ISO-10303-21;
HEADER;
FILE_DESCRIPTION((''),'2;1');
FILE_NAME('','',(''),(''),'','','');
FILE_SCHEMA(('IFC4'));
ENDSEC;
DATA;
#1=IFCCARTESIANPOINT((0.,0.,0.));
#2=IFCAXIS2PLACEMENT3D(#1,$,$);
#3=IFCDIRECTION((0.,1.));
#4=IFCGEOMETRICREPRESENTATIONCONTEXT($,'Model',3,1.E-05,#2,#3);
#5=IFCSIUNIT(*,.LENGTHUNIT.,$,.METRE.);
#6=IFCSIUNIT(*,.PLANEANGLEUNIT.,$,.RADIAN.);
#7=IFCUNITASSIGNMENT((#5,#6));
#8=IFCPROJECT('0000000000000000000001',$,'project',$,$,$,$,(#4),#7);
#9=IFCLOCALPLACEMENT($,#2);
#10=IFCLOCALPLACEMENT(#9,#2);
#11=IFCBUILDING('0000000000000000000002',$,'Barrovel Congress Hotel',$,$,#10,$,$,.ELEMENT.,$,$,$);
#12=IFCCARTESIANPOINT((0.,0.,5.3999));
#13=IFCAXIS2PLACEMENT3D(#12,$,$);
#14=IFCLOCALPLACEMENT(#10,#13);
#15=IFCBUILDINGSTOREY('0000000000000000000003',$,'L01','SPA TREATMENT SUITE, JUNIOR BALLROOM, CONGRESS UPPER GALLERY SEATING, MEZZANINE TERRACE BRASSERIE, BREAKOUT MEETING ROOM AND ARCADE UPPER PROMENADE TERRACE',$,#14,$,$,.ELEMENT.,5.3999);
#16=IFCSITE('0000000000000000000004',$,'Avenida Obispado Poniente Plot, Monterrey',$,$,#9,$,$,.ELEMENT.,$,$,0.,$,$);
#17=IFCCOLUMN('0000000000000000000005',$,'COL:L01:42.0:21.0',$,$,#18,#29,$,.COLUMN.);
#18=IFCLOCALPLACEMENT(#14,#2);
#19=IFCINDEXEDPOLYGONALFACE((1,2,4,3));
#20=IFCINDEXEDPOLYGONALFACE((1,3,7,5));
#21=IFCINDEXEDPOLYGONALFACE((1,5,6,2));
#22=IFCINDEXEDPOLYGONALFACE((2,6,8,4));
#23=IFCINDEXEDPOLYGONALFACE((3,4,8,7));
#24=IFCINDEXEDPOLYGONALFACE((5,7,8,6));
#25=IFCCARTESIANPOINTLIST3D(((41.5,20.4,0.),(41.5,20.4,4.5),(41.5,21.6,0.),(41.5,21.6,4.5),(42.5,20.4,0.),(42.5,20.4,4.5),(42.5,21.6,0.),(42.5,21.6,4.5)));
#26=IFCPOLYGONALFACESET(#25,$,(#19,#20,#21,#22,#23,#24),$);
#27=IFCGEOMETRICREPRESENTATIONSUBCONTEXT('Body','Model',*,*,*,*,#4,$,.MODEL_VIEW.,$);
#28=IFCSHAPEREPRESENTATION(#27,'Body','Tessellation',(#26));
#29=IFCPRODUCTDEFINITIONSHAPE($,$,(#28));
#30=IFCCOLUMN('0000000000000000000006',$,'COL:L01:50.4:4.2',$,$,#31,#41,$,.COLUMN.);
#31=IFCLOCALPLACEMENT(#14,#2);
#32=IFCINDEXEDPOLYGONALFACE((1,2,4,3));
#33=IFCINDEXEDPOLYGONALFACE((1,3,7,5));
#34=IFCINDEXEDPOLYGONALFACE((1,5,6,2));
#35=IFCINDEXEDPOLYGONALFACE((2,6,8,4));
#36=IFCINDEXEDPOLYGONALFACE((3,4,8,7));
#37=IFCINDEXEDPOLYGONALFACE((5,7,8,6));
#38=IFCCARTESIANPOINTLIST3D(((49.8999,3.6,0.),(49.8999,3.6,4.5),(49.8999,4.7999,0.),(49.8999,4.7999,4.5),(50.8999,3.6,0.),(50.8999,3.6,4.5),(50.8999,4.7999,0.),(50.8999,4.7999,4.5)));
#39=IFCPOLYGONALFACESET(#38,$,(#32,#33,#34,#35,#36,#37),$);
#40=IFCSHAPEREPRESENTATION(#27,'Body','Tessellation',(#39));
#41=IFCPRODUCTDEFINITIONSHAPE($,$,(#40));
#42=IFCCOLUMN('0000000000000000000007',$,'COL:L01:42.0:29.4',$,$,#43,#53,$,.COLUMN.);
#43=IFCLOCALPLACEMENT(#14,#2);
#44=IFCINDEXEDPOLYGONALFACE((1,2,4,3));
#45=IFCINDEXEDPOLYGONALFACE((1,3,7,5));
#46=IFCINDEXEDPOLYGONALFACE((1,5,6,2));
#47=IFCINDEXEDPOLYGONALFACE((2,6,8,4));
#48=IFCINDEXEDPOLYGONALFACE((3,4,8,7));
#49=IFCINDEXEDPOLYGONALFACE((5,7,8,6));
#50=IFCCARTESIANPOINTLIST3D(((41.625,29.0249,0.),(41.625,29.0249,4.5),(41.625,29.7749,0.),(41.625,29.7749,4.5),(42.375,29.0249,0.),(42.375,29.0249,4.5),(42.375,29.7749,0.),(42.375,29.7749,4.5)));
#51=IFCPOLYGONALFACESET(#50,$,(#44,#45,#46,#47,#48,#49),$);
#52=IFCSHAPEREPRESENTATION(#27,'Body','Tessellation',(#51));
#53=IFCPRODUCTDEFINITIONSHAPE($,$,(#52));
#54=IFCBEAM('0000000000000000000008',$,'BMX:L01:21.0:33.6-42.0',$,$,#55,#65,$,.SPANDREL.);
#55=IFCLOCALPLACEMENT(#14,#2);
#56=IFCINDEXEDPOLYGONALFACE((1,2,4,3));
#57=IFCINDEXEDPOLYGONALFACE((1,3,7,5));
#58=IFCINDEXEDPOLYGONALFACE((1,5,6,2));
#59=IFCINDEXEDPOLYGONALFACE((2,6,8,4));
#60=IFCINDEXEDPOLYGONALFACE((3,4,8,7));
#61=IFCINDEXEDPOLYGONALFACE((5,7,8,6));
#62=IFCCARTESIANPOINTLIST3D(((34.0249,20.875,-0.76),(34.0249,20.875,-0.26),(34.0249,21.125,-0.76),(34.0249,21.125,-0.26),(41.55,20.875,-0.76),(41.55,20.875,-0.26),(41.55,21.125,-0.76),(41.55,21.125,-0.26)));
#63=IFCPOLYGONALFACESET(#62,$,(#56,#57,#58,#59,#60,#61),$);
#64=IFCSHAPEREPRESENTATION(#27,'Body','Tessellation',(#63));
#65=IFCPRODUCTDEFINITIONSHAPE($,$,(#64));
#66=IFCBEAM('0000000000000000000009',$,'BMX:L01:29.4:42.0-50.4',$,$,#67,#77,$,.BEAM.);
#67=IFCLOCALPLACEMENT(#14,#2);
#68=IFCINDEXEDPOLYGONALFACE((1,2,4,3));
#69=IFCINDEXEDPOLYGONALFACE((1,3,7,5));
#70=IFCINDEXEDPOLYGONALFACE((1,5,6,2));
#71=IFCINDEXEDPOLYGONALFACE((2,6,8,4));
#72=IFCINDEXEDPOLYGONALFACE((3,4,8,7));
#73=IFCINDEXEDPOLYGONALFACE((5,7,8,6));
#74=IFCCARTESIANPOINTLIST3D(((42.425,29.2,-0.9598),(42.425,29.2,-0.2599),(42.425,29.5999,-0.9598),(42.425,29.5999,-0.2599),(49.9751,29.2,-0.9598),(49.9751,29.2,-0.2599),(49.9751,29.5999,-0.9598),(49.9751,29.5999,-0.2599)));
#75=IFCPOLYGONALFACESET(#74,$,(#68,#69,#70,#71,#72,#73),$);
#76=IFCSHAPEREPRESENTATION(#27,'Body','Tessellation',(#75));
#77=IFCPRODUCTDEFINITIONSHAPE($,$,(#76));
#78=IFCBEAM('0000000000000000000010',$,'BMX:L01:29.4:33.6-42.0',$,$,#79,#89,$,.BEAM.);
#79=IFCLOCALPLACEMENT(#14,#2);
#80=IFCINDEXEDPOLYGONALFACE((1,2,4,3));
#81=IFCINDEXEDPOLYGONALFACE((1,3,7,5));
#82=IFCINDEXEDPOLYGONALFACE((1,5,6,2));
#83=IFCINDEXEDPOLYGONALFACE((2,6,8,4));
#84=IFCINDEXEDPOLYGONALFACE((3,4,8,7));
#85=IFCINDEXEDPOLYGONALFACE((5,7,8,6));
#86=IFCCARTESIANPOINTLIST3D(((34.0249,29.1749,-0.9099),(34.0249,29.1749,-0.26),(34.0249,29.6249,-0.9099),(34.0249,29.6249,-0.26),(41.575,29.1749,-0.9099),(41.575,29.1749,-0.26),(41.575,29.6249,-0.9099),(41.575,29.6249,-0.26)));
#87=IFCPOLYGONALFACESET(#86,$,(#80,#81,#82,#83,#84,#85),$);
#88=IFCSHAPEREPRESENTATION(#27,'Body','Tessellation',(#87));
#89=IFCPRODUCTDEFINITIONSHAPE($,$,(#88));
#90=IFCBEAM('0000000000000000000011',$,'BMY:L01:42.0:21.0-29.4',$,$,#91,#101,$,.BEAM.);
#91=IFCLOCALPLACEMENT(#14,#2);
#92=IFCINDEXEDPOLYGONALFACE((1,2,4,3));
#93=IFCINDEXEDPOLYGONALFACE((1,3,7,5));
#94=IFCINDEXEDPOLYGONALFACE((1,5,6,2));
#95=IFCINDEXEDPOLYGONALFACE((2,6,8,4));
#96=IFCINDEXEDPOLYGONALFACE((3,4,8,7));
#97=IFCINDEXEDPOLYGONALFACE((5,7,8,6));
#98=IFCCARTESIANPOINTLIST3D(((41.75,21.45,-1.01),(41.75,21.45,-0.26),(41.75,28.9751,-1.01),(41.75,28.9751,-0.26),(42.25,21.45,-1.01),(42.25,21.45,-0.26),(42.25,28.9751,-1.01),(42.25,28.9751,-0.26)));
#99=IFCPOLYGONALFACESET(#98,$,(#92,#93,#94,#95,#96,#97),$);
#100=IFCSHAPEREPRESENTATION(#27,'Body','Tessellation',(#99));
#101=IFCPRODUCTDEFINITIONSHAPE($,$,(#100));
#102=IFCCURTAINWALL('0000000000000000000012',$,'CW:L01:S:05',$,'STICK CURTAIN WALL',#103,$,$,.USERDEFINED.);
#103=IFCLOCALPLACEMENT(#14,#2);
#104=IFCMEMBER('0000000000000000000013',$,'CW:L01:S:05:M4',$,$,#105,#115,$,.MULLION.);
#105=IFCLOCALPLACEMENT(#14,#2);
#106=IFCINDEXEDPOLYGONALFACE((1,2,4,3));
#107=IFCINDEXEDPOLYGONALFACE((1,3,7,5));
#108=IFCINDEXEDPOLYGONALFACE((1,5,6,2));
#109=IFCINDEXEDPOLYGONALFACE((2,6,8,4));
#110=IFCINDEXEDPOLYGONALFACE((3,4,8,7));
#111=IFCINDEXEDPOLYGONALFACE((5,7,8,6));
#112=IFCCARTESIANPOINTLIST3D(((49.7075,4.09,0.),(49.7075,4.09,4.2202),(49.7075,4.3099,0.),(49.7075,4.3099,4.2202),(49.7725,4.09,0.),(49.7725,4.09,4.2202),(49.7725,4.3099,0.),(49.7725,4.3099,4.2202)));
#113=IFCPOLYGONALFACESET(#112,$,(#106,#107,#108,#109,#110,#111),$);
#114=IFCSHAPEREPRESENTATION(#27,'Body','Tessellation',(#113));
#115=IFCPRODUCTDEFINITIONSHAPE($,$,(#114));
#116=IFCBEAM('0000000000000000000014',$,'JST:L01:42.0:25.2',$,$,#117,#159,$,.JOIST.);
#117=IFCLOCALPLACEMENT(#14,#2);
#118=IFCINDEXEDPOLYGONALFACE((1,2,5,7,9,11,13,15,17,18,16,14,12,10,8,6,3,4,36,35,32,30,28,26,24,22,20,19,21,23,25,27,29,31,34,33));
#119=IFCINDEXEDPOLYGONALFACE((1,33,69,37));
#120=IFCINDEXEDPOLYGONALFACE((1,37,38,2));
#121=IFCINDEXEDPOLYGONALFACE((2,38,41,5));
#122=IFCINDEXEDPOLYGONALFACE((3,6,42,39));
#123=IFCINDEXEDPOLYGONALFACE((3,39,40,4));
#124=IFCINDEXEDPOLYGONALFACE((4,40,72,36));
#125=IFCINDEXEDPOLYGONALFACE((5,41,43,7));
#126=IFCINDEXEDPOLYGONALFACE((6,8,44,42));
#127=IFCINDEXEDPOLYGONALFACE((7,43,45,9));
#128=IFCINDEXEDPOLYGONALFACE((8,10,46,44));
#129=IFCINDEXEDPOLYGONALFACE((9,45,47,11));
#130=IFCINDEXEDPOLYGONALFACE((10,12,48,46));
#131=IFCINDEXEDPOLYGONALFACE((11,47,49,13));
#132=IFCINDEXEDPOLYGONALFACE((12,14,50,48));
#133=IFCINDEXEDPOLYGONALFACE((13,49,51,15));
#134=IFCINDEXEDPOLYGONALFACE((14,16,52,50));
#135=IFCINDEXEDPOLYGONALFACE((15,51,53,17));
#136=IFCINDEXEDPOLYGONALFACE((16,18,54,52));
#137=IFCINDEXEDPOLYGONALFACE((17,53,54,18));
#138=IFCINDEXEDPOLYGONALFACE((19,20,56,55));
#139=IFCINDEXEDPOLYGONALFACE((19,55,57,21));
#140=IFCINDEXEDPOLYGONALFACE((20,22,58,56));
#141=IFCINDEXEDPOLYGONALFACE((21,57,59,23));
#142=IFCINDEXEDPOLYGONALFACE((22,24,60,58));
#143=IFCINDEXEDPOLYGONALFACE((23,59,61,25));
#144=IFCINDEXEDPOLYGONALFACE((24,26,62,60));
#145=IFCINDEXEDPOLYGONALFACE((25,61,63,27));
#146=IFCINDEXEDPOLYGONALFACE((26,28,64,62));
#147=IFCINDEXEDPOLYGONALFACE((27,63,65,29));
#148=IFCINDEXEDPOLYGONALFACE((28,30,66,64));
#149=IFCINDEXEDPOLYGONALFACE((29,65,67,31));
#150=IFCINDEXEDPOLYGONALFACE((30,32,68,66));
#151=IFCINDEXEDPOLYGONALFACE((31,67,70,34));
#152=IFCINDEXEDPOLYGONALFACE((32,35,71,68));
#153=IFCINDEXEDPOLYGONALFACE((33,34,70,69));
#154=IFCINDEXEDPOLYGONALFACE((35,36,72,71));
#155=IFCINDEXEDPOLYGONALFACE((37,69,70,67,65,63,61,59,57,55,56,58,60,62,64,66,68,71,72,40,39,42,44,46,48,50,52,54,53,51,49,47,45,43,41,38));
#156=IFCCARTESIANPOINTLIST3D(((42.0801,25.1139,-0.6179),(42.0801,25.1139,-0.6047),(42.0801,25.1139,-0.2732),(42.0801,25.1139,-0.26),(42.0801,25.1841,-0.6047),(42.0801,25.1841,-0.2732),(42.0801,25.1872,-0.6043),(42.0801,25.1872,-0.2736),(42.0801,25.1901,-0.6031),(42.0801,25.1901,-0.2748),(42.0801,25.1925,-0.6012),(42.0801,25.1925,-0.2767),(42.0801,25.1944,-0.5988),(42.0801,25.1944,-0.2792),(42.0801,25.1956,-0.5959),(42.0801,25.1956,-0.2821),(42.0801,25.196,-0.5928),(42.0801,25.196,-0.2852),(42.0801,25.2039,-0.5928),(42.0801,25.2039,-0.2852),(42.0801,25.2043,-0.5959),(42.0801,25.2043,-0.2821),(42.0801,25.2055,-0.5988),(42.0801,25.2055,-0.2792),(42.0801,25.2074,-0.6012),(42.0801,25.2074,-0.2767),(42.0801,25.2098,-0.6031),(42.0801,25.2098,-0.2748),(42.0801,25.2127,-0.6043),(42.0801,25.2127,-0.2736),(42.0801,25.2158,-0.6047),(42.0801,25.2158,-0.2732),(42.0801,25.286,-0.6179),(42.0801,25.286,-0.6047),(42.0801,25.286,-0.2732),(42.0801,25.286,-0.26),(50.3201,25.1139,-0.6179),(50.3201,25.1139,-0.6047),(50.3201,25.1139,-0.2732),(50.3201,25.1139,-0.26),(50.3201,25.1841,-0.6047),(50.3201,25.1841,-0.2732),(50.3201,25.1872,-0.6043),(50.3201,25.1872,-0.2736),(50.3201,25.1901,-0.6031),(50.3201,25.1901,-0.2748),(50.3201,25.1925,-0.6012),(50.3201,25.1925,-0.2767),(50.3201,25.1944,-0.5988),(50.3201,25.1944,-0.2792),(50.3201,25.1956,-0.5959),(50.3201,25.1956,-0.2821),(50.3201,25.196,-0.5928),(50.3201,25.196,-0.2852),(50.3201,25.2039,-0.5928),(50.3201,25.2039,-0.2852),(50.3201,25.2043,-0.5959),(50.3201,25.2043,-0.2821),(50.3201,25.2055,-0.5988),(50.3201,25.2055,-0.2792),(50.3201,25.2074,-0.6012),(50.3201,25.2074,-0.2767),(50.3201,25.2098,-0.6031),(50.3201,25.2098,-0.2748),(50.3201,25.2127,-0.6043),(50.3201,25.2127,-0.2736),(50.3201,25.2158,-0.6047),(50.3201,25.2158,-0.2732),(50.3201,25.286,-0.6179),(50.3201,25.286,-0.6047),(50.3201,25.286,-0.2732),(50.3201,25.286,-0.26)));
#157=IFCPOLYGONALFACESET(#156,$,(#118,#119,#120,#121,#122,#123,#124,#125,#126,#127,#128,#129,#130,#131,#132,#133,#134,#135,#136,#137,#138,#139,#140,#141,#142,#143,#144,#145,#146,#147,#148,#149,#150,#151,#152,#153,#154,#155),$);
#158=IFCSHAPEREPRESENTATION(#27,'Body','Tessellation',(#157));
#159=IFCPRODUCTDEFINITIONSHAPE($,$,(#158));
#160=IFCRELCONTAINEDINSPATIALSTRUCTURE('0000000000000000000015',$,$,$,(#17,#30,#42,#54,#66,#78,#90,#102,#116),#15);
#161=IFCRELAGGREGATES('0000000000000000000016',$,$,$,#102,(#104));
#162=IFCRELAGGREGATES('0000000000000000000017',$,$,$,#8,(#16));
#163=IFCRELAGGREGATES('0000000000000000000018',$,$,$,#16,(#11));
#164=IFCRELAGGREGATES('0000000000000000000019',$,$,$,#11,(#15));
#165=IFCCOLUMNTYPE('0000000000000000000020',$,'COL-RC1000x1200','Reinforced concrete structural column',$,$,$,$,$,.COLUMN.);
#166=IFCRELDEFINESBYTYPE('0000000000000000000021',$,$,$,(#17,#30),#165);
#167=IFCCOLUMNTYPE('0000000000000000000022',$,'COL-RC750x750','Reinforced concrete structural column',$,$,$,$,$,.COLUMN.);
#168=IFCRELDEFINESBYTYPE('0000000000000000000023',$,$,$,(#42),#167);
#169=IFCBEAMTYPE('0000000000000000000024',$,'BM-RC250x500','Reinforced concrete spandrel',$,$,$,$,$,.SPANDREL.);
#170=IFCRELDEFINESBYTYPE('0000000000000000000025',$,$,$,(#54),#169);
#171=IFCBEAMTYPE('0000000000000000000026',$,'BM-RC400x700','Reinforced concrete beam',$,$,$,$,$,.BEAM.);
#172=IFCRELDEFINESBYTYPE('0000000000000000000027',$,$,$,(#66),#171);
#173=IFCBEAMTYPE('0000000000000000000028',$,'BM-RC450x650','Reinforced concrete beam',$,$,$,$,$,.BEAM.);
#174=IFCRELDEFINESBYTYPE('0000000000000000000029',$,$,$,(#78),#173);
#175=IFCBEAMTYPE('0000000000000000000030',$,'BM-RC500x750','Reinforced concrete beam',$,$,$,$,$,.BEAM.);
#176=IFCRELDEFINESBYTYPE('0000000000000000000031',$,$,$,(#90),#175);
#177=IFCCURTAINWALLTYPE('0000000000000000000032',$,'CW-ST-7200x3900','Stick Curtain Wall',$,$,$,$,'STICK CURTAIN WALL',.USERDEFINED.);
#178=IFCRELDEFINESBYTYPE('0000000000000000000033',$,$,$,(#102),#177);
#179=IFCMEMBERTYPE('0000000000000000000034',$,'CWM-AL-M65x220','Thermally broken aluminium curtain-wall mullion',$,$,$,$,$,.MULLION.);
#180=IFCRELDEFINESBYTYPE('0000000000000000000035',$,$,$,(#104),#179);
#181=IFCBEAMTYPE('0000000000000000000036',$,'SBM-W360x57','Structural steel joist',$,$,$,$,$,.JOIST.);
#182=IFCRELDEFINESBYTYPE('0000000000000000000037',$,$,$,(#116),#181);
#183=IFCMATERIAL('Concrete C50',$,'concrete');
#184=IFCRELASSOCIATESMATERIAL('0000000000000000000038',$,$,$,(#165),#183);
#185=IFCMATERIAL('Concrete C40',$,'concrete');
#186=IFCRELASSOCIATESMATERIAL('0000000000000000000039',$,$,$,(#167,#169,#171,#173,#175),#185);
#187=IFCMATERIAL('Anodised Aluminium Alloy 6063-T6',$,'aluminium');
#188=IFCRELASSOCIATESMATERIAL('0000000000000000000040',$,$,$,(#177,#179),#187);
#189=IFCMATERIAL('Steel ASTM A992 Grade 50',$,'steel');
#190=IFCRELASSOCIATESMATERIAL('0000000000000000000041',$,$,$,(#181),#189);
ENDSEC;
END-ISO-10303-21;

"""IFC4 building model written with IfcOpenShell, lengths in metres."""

from ifc_helpers import new_model, si_unit, direction, frame, origin, origin_2d, place, context, subcontext, project, spatial, rectangle, i_section, extrude, material, material_profile, profile_set, type_object, element, aggregate, save


model = new_model("IFC4")

# Units and contexts
model_context = context("Model", 3, precision=1e-05, world=origin(), true_north=direction((0.0, 1.0)))
body_context = subcontext(model_context, "Body", "Model", "MODEL_VIEW")
ifc_project = project(units=[si_unit("LENGTHUNIT", "METRE"), si_unit("PLANEANGLEUNIT", "RADIAN")], contexts=[model_context])

# Site, building, storey
site_placement = place(None, origin())
site = spatial("IfcSite", under=ifc_project, at=site_placement, Name="Avenida Obispado Poniente Plot, Monterrey", CompositionType="ELEMENT", RefElevation=0.0)
building_placement = place(site_placement, origin())
building = spatial("IfcBuilding", under=site, at=building_placement, Name="Barrovel Congress Hotel", CompositionType="ELEMENT")
storey_placement = place(building_placement, frame((0.0, 0.0, 5.3999)))
storey = spatial("IfcBuildingStorey", under=building, at=storey_placement, Name="L01", Description="SPA TREATMENT SUITE, JUNIOR BALLROOM, CONGRESS UPPER GALLERY SEATING, MEZZANINE TERRACE BRASSERIE, BREAKOUT MEETING ROOM AND ARCADE UPPER PROMENADE TERRACE", CompositionType="ELEMENT", Elevation=5.3999)

# Columns
ifc_material_1 = material(Name="Concrete C50", Category="concrete")
ifc_material_profile_1 = material_profile(ifc_material_1, rectangle(XDim=1.0, YDim=1.2, at=origin_2d()), Name="RC1000x1200")
ifc_profile_set_1 = profile_set([ifc_material_profile_1], Name="Concrete C50")
column_type_1 = type_object("IfcColumnType", Name="COL-RC1000x1200", Description="Reinforced concrete structural column", PredefinedType="COLUMN", material=ifc_profile_set_1)
for number, where, z_axis, x_axis, name in (
    (1, (42.0, 21.0, 0.0), (0.0, 0.0, 1.0), (1.0, 0.0, 0.0), "COL:L01:42.0:21.0"),
    (2, (50.3999, 4.2, 0.0), (0.0, 0.0, 1.0), (1.0, 0.0, 0.0), "COL:L01:50.4:4.2"),
):
    element("IfcColumn", number, at=place(storey_placement, frame(where, z_axis=z_axis, x_axis=x_axis)), inside=storey, type_object=column_type_1, Name=name, PredefinedType="COLUMN", context=body_context, shape_type="SweptSolid", body=[
        extrude(rectangle(XDim=1.0, YDim=1.2, at=origin_2d()), origin(), (0.0, 0.0, 1.0), 4.5),
    ])
ifc_material_2 = material(Name="Concrete C40", Category="concrete")
ifc_material_profile_2 = material_profile(ifc_material_2, rectangle(XDim=0.75, YDim=0.75, at=origin_2d()), Name="RC750x750")
ifc_profile_set_2 = profile_set([ifc_material_profile_2], Name="Concrete C40")
column_type_2 = type_object("IfcColumnType", Name="COL-RC750x750", Description="Reinforced concrete structural column", PredefinedType="COLUMN", material=ifc_profile_set_2)
column_placement = place(storey_placement, frame((42.0, 29.3999, 0.0), z_axis=(0.0, 0.0, 1.0), x_axis=(1.0, 0.0, 0.0)))
element("IfcColumn", 3, at=column_placement, inside=storey, type_object=column_type_2, Name="COL:L01:42.0:29.4", PredefinedType="COLUMN", context=body_context, shape_type="SweptSolid", body=[
    extrude(rectangle(XDim=0.75, YDim=0.75, at=origin_2d()), origin(), (0.0, 0.0, 1.0), 4.5),
])

# Beams
ifc_material_profile_3 = material_profile(ifc_material_2, rectangle(XDim=0.25, YDim=0.5, at=origin_2d()), Name="RC250x500")
ifc_profile_set_3 = profile_set([ifc_material_profile_3], Name="Concrete C40")
beam_type_1 = type_object("IfcBeamType", Name="BM-RC250x500", Description="Reinforced concrete spandrel", PredefinedType="SPANDREL", material=ifc_profile_set_3)
beam_1_placement = place(storey_placement, frame((34.0249, 21.0, -0.51), z_axis=(1.0, 0.0, 0.0), x_axis=(0.0, 1.0, 0.0)))
element("IfcBeam", 4, at=beam_1_placement, inside=storey, type_object=beam_type_1, Name="BMX:L01:21.0:33.6-42.0", PredefinedType="SPANDREL", context=body_context, shape_type="SweptSolid", body=[
    extrude(rectangle(XDim=0.25, YDim=0.5, at=origin_2d()), origin(), (0.0, 0.0, 1.0), 7.5251),
])
ifc_material_profile_4 = material_profile(ifc_material_2, rectangle(XDim=0.3999, YDim=0.7, at=origin_2d()), Name="RC400x700")
ifc_profile_set_4 = profile_set([ifc_material_profile_4], Name="Concrete C40")
beam_type_2 = type_object("IfcBeamType", Name="BM-RC400x700", Description="Reinforced concrete beam", PredefinedType="BEAM", material=ifc_profile_set_4)
beam_2_placement = place(storey_placement, frame((42.425, 29.3999, -0.6099), z_axis=(1.0, 0.0, 0.0), x_axis=(0.0, 1.0, 0.0)))
element("IfcBeam", 5, at=beam_2_placement, inside=storey, type_object=beam_type_2, Name="BMX:L01:29.4:42.0-50.4", PredefinedType="BEAM", context=body_context, shape_type="SweptSolid", body=[
    extrude(rectangle(XDim=0.3999, YDim=0.7, at=origin_2d()), origin(), (0.0, 0.0, 1.0), 7.55),
])
ifc_material_profile_5 = material_profile(ifc_material_2, rectangle(XDim=0.45, YDim=0.6499, at=origin_2d()), Name="RC450x650")
ifc_profile_set_5 = profile_set([ifc_material_profile_5], Name="Concrete C40")
beam_type_3 = type_object("IfcBeamType", Name="BM-RC450x650", Description="Reinforced concrete beam", PredefinedType="BEAM", material=ifc_profile_set_5)
beam_3_placement = place(storey_placement, frame((34.0249, 29.3999, -0.585), z_axis=(1.0, 0.0, 0.0), x_axis=(0.0, 1.0, 0.0)))
element("IfcBeam", 6, at=beam_3_placement, inside=storey, type_object=beam_type_3, Name="BMX:L01:29.4:33.6-42.0", PredefinedType="BEAM", context=body_context, shape_type="SweptSolid", body=[
    extrude(rectangle(XDim=0.45, YDim=0.6499, at=origin_2d()), origin(), (0.0, 0.0, 1.0), 7.55),
])
ifc_material_profile_6 = material_profile(ifc_material_2, rectangle(XDim=0.5, YDim=0.75, at=origin_2d()), Name="RC500x750")
ifc_profile_set_6 = profile_set([ifc_material_profile_6], Name="Concrete C40")
beam_type_4 = type_object("IfcBeamType", Name="BM-RC500x750", Description="Reinforced concrete beam", PredefinedType="BEAM", material=ifc_profile_set_6)
beam_4_placement = place(storey_placement, frame((42.0, 21.45, -0.635), z_axis=(0.0, 1.0, 0.0), x_axis=(-1.0, 0.0, 0.0)))
element("IfcBeam", 7, at=beam_4_placement, inside=storey, type_object=beam_type_4, Name="BMY:L01:42.0:21.0-29.4", PredefinedType="BEAM", context=body_context, shape_type="SweptSolid", body=[
    extrude(rectangle(XDim=0.5, YDim=0.75, at=origin_2d()), origin(), (0.0, 0.0, 1.0), 7.5251),
])

# Curtain wall, member
ifc_material_3 = material(Name="Anodised Aluminium Alloy 6063-T6", Category="aluminium")
curtain_wall_type = type_object("IfcCurtainWallType", Name="CW-ST-7200x3900", Description="Stick Curtain Wall", ElementType="STICK CURTAIN WALL", PredefinedType="USERDEFINED", material=ifc_material_3)
curtain_wall_placement = place(storey_placement, origin())
curtain_wall = element("IfcCurtainWall", 8, at=curtain_wall_placement, inside=storey, type_object=curtain_wall_type, Name="CW:L01:S:05", ObjectType="STICK CURTAIN WALL", PredefinedType="USERDEFINED")
ifc_material_profile_7 = material_profile(ifc_material_3, rectangle(XDim=0.0649, YDim=0.22, at=origin_2d()), Name="AL-M65x220")
ifc_profile_set_7 = profile_set([ifc_material_profile_7], Name="Anodised Aluminium Alloy 6063-T6")
member_type = type_object("IfcMemberType", Name="CWM-AL-M65x220", Description="Thermally broken aluminium curtain-wall mullion", PredefinedType="MULLION", material=ifc_profile_set_7)
member_placement = place(storey_placement, frame((49.74, 4.2, 0.0), z_axis=(0.0, 0.0, 1.0), x_axis=(1.0, 0.0, 0.0)))
member = element("IfcMember", 9, at=member_placement, type_object=member_type, Name="CW:L01:S:05:M4", PredefinedType="MULLION", context=body_context, shape_type="SweptSolid", body=[
    extrude(rectangle(XDim=0.0649, YDim=0.22, at=origin_2d()), origin(), (0.0, 0.0, 1.0), 4.2202),
])
aggregate(curtain_wall, [member])

# Beam
ifc_material_4 = material(Name="Steel ASTM A992 Grade 50", Category="steel")
ifc_material_profile_8 = material_profile(ifc_material_4, i_section(OverallWidth=0.1721, OverallDepth=0.3579, WebThickness=0.0078, FlangeThickness=0.0132, FilletRadius=0.012, at=origin_2d()), Name="W360x57")
ifc_profile_set_8 = profile_set([ifc_material_profile_8], Name="Steel ASTM A992 Grade 50")
beam_type_5 = type_object("IfcBeamType", Name="SBM-W360x57", Description="Structural steel joist", PredefinedType="JOIST", material=ifc_profile_set_8)
beam_5_placement = place(storey_placement, frame((42.0801, 25.2, -0.439), z_axis=(1.0, 0.0, 0.0), x_axis=(0.0, 1.0, 0.0)))
element("IfcBeam", 10, at=beam_5_placement, inside=storey, type_object=beam_type_5, Name="JST:L01:42.0:25.2", PredefinedType="JOIST", context=body_context, shape_type="SweptSolid", body=[
    extrude(i_section(OverallWidth=0.1721, OverallDepth=0.3579, WebThickness=0.0078, FlangeThickness=0.0132, FilletRadius=0.012, at=origin_2d()), origin(), (0.0, 0.0, 1.0), 8.24),
])

save(model, "model.ifc")
